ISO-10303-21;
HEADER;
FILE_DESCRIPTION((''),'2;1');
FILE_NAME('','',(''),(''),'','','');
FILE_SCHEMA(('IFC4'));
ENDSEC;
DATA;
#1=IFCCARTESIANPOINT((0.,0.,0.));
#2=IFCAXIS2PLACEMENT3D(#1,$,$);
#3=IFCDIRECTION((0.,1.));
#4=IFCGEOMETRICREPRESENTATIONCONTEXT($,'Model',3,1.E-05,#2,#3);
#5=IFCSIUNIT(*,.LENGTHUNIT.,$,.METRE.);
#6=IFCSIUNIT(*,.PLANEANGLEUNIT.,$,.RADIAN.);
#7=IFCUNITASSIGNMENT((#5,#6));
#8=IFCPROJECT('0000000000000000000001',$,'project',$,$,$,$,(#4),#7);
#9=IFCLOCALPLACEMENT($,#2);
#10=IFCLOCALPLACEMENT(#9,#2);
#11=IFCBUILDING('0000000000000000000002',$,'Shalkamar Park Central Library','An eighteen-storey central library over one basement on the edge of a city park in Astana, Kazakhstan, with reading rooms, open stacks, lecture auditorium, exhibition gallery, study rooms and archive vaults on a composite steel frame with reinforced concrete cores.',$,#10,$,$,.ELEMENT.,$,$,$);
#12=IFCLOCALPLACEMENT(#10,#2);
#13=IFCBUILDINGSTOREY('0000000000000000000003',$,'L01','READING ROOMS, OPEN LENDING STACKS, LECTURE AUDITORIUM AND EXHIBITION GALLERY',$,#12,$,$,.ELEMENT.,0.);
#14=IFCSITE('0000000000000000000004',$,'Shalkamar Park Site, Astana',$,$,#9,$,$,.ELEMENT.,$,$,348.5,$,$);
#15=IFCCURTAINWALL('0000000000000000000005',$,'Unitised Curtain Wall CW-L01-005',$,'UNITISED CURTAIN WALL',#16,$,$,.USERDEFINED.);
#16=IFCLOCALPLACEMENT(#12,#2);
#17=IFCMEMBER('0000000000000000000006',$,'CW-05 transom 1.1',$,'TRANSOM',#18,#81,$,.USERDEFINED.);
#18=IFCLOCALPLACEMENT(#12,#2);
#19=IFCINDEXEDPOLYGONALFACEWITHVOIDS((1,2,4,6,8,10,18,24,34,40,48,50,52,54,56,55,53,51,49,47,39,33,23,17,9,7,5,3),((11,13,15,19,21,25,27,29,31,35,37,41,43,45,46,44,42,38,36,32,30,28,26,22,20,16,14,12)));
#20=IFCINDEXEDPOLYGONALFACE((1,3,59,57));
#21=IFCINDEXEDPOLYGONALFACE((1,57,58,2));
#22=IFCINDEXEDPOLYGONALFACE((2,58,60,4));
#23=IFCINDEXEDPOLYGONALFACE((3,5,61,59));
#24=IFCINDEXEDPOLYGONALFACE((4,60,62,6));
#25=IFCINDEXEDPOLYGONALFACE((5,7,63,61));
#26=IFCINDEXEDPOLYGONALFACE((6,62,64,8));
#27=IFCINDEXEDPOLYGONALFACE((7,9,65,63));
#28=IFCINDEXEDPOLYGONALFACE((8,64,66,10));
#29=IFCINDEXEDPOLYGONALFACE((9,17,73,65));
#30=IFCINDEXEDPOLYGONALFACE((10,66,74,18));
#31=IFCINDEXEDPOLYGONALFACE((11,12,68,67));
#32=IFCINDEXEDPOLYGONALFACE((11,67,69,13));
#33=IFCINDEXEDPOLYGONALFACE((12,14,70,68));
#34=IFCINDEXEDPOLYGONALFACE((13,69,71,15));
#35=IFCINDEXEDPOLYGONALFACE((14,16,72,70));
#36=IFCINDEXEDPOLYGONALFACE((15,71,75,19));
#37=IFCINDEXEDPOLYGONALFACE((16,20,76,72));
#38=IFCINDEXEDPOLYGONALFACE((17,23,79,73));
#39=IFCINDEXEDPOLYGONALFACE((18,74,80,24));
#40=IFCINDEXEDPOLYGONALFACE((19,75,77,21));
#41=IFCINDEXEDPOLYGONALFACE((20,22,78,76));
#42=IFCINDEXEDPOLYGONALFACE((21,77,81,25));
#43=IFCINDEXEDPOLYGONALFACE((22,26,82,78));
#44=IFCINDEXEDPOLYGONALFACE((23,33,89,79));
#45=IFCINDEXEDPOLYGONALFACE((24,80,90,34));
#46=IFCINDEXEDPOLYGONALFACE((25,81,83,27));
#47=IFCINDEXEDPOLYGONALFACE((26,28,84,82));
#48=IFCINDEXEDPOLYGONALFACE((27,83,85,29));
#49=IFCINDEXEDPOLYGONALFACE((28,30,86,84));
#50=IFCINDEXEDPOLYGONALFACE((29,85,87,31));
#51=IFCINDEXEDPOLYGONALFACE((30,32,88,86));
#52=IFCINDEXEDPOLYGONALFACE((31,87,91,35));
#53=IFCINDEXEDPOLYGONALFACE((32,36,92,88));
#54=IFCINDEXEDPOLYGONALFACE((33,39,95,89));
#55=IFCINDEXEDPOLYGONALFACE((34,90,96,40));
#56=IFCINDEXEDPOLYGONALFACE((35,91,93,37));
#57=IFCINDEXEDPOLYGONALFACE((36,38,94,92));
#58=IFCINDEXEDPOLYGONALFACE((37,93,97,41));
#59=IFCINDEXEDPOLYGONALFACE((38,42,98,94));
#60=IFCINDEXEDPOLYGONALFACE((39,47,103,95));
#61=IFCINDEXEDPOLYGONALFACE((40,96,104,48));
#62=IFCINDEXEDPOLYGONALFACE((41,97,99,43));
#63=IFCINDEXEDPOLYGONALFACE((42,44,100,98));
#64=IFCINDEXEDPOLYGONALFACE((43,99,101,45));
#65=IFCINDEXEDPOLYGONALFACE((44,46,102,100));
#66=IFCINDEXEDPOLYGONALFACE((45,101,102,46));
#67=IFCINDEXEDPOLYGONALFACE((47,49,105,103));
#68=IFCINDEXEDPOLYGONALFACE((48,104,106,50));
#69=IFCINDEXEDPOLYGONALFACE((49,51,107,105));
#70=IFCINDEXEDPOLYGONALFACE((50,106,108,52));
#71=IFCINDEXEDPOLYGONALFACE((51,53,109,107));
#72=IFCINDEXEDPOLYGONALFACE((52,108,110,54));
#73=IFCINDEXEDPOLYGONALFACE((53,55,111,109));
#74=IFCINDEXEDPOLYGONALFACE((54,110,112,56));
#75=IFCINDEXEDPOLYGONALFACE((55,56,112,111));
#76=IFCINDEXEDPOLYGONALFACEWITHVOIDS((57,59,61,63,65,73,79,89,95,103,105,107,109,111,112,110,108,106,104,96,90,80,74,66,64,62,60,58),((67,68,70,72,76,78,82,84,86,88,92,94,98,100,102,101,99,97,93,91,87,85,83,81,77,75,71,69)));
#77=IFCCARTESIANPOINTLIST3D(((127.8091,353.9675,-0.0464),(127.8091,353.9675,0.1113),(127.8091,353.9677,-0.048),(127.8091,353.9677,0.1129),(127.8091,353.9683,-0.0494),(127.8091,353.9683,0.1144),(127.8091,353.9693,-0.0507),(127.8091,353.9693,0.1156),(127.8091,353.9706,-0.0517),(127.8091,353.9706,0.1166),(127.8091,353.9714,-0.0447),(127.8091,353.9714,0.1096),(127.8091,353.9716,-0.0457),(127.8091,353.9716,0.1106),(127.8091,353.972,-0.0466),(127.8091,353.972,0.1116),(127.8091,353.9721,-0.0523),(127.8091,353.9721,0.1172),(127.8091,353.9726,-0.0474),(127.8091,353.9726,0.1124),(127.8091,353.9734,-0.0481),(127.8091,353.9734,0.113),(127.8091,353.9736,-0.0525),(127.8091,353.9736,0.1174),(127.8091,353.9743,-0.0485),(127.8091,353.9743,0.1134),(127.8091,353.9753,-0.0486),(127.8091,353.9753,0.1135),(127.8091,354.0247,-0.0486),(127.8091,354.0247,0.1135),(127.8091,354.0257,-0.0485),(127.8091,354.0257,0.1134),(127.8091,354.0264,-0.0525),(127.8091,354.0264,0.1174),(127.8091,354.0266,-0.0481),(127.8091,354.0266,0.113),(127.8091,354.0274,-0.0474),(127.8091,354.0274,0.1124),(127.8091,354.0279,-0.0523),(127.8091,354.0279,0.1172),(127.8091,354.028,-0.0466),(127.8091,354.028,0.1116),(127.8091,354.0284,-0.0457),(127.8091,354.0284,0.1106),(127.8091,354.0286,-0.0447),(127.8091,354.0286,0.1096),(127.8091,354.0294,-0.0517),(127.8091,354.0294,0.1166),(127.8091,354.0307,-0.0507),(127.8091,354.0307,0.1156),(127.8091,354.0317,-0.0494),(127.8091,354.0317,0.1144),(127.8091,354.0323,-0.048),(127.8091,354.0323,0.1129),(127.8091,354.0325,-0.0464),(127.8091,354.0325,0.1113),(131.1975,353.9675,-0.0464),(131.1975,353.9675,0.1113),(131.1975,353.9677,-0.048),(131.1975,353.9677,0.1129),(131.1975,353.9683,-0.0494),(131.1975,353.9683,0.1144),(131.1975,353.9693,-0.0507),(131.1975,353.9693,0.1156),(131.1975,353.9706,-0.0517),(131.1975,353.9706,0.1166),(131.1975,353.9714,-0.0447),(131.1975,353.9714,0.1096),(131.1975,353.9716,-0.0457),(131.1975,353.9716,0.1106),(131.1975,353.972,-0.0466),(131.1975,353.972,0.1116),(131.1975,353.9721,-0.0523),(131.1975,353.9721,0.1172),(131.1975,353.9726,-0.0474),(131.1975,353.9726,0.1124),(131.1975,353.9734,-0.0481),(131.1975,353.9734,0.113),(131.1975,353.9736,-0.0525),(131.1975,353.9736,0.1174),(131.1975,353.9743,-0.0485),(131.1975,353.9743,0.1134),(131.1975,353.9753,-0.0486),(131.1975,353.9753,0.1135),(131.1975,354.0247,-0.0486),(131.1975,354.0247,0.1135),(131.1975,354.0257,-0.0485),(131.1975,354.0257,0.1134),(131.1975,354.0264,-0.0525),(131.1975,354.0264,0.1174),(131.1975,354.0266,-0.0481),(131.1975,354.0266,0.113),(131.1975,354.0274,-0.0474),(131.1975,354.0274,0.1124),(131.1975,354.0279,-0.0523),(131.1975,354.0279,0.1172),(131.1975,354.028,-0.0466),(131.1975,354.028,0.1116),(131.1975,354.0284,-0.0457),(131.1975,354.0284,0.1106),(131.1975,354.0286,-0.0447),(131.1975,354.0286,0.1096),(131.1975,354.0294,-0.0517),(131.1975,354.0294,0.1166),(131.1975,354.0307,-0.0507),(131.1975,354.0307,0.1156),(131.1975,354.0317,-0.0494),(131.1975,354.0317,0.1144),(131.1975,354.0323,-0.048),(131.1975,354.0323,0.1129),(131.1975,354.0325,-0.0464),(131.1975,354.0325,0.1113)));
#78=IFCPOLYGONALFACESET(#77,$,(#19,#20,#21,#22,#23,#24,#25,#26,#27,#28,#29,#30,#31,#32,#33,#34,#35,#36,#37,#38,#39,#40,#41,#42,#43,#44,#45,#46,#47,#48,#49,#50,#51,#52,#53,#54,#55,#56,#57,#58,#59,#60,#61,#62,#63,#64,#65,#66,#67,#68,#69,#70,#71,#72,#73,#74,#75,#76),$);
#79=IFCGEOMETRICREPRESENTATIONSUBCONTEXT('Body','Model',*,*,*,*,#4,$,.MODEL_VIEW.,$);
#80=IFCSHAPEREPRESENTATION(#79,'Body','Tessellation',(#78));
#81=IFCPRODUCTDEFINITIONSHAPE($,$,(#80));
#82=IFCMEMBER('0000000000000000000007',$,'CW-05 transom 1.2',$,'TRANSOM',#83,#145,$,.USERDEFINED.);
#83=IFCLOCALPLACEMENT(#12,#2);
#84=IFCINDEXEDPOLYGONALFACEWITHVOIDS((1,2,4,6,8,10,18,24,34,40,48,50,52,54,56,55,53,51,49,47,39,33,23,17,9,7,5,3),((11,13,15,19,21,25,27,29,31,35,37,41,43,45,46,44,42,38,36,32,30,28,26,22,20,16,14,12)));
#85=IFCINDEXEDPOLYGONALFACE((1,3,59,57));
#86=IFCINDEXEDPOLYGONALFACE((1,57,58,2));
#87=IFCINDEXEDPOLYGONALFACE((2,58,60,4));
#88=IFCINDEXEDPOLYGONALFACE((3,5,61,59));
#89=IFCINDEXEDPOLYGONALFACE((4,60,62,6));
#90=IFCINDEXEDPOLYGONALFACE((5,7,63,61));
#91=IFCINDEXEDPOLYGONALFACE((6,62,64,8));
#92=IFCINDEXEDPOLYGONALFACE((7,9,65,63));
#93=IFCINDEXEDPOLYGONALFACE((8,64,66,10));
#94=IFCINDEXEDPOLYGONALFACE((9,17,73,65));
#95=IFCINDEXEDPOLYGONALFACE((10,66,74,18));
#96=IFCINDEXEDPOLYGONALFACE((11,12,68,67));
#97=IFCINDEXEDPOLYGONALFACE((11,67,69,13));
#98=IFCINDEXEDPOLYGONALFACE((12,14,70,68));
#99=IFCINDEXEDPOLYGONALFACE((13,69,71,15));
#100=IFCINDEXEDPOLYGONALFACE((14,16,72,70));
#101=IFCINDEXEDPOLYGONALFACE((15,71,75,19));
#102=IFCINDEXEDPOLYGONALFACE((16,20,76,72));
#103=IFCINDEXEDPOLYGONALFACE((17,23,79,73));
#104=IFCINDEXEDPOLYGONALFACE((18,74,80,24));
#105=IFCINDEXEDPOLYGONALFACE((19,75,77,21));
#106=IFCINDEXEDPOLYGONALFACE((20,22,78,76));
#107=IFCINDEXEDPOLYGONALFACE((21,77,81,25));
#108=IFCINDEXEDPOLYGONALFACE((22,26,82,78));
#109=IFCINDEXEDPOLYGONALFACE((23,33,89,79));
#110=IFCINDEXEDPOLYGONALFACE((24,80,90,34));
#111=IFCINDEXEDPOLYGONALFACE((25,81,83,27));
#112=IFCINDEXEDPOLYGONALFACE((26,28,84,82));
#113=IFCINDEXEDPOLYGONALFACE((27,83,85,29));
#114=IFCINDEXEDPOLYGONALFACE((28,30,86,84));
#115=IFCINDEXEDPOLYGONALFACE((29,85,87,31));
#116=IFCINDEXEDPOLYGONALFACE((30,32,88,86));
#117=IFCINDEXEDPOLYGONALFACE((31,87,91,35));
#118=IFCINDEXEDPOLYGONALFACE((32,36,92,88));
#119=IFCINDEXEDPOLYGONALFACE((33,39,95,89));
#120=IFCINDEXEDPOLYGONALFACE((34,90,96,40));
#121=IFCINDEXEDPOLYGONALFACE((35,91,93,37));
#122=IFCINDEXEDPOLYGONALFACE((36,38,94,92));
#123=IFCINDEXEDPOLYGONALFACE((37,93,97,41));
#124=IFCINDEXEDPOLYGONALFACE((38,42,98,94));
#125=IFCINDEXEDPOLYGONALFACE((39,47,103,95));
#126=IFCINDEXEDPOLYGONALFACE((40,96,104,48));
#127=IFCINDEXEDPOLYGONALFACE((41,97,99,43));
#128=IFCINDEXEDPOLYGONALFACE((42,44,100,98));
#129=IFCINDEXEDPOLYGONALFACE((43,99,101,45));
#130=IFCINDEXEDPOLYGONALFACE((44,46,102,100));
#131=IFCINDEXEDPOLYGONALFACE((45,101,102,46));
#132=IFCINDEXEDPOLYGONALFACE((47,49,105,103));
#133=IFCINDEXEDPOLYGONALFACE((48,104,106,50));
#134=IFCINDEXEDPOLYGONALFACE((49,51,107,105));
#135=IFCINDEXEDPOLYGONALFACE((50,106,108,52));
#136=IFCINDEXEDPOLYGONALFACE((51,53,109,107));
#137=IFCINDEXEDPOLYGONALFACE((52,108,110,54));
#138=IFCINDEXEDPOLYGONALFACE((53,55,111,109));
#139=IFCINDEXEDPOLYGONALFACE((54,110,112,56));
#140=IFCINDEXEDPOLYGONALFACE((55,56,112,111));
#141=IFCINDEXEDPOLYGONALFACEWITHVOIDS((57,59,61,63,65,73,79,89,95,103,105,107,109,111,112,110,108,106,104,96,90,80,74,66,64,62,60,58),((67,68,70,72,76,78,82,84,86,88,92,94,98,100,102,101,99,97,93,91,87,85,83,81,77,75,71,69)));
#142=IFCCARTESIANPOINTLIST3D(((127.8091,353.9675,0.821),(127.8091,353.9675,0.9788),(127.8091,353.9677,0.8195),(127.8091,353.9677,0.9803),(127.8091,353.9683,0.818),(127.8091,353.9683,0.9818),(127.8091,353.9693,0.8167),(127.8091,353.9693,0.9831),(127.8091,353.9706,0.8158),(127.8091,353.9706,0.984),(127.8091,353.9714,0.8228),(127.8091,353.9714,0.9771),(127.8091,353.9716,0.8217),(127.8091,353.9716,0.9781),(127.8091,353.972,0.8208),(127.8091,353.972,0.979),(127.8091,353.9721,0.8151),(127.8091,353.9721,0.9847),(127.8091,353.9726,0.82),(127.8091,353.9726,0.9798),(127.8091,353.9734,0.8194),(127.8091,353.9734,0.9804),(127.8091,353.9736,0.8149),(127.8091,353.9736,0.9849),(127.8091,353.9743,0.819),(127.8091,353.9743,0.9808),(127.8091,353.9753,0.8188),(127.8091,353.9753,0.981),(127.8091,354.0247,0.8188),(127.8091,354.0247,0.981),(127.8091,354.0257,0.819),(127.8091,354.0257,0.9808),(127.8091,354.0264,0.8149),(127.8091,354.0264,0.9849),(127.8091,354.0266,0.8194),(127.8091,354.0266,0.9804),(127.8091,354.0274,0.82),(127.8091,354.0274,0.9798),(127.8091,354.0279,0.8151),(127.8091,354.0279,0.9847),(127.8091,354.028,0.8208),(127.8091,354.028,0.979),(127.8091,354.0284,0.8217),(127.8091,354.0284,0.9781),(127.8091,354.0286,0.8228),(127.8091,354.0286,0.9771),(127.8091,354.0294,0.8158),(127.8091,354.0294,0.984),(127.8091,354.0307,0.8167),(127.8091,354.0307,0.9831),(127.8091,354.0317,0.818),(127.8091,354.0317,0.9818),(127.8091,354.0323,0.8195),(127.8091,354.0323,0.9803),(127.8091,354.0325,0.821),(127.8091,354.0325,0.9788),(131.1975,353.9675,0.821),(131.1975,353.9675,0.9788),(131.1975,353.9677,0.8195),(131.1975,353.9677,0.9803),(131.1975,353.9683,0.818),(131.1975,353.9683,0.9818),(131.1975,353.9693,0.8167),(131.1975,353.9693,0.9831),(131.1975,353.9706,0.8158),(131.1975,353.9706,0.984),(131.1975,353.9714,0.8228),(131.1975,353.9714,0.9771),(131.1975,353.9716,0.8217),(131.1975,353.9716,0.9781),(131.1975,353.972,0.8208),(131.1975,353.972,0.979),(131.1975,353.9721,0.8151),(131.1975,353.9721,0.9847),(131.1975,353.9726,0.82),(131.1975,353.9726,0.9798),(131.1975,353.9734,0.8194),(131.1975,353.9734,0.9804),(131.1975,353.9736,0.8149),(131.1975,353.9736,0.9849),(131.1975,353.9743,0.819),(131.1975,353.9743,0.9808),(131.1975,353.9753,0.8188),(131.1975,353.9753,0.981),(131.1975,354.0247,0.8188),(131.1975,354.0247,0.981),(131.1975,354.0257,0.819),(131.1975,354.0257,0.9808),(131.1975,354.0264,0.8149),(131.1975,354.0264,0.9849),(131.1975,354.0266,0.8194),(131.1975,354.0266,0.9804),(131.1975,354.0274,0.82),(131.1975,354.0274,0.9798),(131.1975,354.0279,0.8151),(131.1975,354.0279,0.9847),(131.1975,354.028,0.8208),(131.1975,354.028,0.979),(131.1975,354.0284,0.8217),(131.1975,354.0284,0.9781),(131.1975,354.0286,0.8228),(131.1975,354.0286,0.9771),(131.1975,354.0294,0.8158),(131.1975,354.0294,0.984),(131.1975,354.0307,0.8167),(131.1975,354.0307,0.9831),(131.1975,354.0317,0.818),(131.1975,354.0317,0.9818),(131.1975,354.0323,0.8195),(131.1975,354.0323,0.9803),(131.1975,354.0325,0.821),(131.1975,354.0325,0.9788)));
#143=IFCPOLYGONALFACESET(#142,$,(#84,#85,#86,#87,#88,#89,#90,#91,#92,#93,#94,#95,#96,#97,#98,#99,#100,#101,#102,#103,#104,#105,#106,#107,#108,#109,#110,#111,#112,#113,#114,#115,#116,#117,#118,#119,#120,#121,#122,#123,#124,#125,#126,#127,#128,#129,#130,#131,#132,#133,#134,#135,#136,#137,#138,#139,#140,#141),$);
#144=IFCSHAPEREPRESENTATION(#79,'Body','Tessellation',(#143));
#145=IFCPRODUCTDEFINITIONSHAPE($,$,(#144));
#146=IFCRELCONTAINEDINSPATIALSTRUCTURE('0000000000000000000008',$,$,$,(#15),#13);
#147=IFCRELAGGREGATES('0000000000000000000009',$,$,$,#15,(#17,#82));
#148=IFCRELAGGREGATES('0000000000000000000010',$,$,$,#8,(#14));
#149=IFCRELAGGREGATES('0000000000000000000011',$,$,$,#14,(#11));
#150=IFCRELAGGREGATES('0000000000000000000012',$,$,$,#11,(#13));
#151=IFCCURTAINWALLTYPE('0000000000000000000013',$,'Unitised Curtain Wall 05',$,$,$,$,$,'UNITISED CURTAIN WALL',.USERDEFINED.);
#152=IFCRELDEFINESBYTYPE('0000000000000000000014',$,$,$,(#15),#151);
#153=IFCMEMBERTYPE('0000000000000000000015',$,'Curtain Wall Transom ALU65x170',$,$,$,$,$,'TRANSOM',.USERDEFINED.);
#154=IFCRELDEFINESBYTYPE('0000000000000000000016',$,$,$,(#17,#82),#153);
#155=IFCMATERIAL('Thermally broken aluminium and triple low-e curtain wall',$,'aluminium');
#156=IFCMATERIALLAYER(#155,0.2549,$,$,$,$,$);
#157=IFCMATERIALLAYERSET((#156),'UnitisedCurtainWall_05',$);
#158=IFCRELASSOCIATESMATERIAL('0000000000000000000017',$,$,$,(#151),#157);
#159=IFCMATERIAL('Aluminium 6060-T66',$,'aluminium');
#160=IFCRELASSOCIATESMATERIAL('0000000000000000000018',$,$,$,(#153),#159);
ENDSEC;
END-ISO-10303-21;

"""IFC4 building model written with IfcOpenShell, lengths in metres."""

from ifc_helpers import new_model, si_unit, direction, frame, origin, origin_2d, place, context, subcontext, project, spatial, hollow_rectangle, extrude, material, layer, layer_set, material_profile, profile_set, type_object, element, aggregate, save


model = new_model("IFC4")

# Units and contexts
model_context = context("Model", 3, precision=1e-05, world=origin(), true_north=direction((0.0, 1.0)))
body_context = subcontext(model_context, "Body", "Model", "MODEL_VIEW")
ifc_project = project(units=[si_unit("LENGTHUNIT", "METRE"), si_unit("PLANEANGLEUNIT", "RADIAN")], contexts=[model_context])

# Site, building, storey
site_placement = place(None, origin())
site = spatial("IfcSite", under=ifc_project, at=site_placement, Name="Shalkamar Park Site, Astana", CompositionType="ELEMENT", RefElevation=348.5)
building_placement = place(site_placement, origin())
building = spatial("IfcBuilding", under=site, at=building_placement, Name="Shalkamar Park Central Library", Description="An eighteen-storey central library over one basement on the edge of a city park in Astana, Kazakhstan, with reading rooms, open stacks, lecture auditorium, exhibition gallery, study rooms and archive vaults on a composite steel frame with reinforced concrete cores.", CompositionType="ELEMENT")
storey_placement = place(building_placement, origin())
storey = spatial("IfcBuildingStorey", under=building, at=storey_placement, Name="L01", Description="READING ROOMS, OPEN LENDING STACKS, LECTURE AUDITORIUM AND EXHIBITION GALLERY", CompositionType="ELEMENT", Elevation=0.0)

# Curtain wall
ifc_material_1 = material(Name="Thermally broken aluminium and triple low-e curtain wall", Category="aluminium")
ifc_material_2 = material(Name="Aluminium 6060-T66", Category="aluminium")
ifc_layer_1 = layer(ifc_material_1, 0.2549)
ifc_layer_set_1 = layer_set([ifc_layer_1], Name="UnitisedCurtainWall_05")
curtain_wall_type_1 = type_object("IfcCurtainWallType", Name="Unitised Curtain Wall 05", ElementType="UNITISED CURTAIN WALL", PredefinedType="USERDEFINED", material=ifc_layer_set_1)
curtain_wall_1_placement = place(storey_placement, origin())
curtain_wall_1 = element("IfcCurtainWall", 1, at=curtain_wall_1_placement, inside=storey, type_object=curtain_wall_type_1, Name="Unitised Curtain Wall CW-L01-005", ObjectType="UNITISED CURTAIN WALL", PredefinedType="USERDEFINED")

# Members
ifc_material_profile_1 = material_profile(ifc_material_2, hollow_rectangle(XDim=0.0649, YDim=0.1699, WallThickness=0.0039, InnerFilletRadius=0.0039, OuterFilletRadius=0.0061, at=origin_2d()), Name="ALU 65x170x4")
ifc_profile_set_1 = profile_set([ifc_material_profile_1], Name="Aluminium 6060-T66")
member_type_1 = type_object("IfcMemberType", Name="Curtain Wall Transom ALU65x170", ElementType="TRANSOM", PredefinedType="USERDEFINED", material=ifc_profile_set_1)
member_1_placement = place(storey_placement, frame((127.8091, 354.0, 0.0325), z_axis=(1.0, 0.0, 0.0), x_axis=(0.0, 1.0, 0.0)))
member_1 = element("IfcMember", 2, at=member_1_placement, type_object=member_type_1, Name="CW-05 transom 1.1", ObjectType="TRANSOM", PredefinedType="USERDEFINED", context=body_context, shape_type="SweptSolid", body=[
    extrude(hollow_rectangle(XDim=0.0649, YDim=0.1699, WallThickness=0.0039, InnerFilletRadius=0.0039, OuterFilletRadius=0.0061, at=origin_2d()), origin(), (0.0, 0.0, 1.0), 3.3884),
])
member_2_placement = place(storey_placement, frame((127.8091, 354.0, 0.8999), z_axis=(1.0, 0.0, 0.0), x_axis=(0.0, 1.0, 0.0)))
member_2 = element("IfcMember", 3, at=member_2_placement, type_object=member_type_1, Name="CW-05 transom 1.2", ObjectType="TRANSOM", PredefinedType="USERDEFINED", context=body_context, shape_type="SweptSolid", body=[
    extrude(hollow_rectangle(XDim=0.0649, YDim=0.1699, WallThickness=0.0039, InnerFilletRadius=0.0039, OuterFilletRadius=0.0061, at=origin_2d()), origin(), (0.0, 0.0, 1.0), 3.3884),
])

aggregate(curtain_wall_1, [member_1, member_2])

save(model, "model.ifc")
